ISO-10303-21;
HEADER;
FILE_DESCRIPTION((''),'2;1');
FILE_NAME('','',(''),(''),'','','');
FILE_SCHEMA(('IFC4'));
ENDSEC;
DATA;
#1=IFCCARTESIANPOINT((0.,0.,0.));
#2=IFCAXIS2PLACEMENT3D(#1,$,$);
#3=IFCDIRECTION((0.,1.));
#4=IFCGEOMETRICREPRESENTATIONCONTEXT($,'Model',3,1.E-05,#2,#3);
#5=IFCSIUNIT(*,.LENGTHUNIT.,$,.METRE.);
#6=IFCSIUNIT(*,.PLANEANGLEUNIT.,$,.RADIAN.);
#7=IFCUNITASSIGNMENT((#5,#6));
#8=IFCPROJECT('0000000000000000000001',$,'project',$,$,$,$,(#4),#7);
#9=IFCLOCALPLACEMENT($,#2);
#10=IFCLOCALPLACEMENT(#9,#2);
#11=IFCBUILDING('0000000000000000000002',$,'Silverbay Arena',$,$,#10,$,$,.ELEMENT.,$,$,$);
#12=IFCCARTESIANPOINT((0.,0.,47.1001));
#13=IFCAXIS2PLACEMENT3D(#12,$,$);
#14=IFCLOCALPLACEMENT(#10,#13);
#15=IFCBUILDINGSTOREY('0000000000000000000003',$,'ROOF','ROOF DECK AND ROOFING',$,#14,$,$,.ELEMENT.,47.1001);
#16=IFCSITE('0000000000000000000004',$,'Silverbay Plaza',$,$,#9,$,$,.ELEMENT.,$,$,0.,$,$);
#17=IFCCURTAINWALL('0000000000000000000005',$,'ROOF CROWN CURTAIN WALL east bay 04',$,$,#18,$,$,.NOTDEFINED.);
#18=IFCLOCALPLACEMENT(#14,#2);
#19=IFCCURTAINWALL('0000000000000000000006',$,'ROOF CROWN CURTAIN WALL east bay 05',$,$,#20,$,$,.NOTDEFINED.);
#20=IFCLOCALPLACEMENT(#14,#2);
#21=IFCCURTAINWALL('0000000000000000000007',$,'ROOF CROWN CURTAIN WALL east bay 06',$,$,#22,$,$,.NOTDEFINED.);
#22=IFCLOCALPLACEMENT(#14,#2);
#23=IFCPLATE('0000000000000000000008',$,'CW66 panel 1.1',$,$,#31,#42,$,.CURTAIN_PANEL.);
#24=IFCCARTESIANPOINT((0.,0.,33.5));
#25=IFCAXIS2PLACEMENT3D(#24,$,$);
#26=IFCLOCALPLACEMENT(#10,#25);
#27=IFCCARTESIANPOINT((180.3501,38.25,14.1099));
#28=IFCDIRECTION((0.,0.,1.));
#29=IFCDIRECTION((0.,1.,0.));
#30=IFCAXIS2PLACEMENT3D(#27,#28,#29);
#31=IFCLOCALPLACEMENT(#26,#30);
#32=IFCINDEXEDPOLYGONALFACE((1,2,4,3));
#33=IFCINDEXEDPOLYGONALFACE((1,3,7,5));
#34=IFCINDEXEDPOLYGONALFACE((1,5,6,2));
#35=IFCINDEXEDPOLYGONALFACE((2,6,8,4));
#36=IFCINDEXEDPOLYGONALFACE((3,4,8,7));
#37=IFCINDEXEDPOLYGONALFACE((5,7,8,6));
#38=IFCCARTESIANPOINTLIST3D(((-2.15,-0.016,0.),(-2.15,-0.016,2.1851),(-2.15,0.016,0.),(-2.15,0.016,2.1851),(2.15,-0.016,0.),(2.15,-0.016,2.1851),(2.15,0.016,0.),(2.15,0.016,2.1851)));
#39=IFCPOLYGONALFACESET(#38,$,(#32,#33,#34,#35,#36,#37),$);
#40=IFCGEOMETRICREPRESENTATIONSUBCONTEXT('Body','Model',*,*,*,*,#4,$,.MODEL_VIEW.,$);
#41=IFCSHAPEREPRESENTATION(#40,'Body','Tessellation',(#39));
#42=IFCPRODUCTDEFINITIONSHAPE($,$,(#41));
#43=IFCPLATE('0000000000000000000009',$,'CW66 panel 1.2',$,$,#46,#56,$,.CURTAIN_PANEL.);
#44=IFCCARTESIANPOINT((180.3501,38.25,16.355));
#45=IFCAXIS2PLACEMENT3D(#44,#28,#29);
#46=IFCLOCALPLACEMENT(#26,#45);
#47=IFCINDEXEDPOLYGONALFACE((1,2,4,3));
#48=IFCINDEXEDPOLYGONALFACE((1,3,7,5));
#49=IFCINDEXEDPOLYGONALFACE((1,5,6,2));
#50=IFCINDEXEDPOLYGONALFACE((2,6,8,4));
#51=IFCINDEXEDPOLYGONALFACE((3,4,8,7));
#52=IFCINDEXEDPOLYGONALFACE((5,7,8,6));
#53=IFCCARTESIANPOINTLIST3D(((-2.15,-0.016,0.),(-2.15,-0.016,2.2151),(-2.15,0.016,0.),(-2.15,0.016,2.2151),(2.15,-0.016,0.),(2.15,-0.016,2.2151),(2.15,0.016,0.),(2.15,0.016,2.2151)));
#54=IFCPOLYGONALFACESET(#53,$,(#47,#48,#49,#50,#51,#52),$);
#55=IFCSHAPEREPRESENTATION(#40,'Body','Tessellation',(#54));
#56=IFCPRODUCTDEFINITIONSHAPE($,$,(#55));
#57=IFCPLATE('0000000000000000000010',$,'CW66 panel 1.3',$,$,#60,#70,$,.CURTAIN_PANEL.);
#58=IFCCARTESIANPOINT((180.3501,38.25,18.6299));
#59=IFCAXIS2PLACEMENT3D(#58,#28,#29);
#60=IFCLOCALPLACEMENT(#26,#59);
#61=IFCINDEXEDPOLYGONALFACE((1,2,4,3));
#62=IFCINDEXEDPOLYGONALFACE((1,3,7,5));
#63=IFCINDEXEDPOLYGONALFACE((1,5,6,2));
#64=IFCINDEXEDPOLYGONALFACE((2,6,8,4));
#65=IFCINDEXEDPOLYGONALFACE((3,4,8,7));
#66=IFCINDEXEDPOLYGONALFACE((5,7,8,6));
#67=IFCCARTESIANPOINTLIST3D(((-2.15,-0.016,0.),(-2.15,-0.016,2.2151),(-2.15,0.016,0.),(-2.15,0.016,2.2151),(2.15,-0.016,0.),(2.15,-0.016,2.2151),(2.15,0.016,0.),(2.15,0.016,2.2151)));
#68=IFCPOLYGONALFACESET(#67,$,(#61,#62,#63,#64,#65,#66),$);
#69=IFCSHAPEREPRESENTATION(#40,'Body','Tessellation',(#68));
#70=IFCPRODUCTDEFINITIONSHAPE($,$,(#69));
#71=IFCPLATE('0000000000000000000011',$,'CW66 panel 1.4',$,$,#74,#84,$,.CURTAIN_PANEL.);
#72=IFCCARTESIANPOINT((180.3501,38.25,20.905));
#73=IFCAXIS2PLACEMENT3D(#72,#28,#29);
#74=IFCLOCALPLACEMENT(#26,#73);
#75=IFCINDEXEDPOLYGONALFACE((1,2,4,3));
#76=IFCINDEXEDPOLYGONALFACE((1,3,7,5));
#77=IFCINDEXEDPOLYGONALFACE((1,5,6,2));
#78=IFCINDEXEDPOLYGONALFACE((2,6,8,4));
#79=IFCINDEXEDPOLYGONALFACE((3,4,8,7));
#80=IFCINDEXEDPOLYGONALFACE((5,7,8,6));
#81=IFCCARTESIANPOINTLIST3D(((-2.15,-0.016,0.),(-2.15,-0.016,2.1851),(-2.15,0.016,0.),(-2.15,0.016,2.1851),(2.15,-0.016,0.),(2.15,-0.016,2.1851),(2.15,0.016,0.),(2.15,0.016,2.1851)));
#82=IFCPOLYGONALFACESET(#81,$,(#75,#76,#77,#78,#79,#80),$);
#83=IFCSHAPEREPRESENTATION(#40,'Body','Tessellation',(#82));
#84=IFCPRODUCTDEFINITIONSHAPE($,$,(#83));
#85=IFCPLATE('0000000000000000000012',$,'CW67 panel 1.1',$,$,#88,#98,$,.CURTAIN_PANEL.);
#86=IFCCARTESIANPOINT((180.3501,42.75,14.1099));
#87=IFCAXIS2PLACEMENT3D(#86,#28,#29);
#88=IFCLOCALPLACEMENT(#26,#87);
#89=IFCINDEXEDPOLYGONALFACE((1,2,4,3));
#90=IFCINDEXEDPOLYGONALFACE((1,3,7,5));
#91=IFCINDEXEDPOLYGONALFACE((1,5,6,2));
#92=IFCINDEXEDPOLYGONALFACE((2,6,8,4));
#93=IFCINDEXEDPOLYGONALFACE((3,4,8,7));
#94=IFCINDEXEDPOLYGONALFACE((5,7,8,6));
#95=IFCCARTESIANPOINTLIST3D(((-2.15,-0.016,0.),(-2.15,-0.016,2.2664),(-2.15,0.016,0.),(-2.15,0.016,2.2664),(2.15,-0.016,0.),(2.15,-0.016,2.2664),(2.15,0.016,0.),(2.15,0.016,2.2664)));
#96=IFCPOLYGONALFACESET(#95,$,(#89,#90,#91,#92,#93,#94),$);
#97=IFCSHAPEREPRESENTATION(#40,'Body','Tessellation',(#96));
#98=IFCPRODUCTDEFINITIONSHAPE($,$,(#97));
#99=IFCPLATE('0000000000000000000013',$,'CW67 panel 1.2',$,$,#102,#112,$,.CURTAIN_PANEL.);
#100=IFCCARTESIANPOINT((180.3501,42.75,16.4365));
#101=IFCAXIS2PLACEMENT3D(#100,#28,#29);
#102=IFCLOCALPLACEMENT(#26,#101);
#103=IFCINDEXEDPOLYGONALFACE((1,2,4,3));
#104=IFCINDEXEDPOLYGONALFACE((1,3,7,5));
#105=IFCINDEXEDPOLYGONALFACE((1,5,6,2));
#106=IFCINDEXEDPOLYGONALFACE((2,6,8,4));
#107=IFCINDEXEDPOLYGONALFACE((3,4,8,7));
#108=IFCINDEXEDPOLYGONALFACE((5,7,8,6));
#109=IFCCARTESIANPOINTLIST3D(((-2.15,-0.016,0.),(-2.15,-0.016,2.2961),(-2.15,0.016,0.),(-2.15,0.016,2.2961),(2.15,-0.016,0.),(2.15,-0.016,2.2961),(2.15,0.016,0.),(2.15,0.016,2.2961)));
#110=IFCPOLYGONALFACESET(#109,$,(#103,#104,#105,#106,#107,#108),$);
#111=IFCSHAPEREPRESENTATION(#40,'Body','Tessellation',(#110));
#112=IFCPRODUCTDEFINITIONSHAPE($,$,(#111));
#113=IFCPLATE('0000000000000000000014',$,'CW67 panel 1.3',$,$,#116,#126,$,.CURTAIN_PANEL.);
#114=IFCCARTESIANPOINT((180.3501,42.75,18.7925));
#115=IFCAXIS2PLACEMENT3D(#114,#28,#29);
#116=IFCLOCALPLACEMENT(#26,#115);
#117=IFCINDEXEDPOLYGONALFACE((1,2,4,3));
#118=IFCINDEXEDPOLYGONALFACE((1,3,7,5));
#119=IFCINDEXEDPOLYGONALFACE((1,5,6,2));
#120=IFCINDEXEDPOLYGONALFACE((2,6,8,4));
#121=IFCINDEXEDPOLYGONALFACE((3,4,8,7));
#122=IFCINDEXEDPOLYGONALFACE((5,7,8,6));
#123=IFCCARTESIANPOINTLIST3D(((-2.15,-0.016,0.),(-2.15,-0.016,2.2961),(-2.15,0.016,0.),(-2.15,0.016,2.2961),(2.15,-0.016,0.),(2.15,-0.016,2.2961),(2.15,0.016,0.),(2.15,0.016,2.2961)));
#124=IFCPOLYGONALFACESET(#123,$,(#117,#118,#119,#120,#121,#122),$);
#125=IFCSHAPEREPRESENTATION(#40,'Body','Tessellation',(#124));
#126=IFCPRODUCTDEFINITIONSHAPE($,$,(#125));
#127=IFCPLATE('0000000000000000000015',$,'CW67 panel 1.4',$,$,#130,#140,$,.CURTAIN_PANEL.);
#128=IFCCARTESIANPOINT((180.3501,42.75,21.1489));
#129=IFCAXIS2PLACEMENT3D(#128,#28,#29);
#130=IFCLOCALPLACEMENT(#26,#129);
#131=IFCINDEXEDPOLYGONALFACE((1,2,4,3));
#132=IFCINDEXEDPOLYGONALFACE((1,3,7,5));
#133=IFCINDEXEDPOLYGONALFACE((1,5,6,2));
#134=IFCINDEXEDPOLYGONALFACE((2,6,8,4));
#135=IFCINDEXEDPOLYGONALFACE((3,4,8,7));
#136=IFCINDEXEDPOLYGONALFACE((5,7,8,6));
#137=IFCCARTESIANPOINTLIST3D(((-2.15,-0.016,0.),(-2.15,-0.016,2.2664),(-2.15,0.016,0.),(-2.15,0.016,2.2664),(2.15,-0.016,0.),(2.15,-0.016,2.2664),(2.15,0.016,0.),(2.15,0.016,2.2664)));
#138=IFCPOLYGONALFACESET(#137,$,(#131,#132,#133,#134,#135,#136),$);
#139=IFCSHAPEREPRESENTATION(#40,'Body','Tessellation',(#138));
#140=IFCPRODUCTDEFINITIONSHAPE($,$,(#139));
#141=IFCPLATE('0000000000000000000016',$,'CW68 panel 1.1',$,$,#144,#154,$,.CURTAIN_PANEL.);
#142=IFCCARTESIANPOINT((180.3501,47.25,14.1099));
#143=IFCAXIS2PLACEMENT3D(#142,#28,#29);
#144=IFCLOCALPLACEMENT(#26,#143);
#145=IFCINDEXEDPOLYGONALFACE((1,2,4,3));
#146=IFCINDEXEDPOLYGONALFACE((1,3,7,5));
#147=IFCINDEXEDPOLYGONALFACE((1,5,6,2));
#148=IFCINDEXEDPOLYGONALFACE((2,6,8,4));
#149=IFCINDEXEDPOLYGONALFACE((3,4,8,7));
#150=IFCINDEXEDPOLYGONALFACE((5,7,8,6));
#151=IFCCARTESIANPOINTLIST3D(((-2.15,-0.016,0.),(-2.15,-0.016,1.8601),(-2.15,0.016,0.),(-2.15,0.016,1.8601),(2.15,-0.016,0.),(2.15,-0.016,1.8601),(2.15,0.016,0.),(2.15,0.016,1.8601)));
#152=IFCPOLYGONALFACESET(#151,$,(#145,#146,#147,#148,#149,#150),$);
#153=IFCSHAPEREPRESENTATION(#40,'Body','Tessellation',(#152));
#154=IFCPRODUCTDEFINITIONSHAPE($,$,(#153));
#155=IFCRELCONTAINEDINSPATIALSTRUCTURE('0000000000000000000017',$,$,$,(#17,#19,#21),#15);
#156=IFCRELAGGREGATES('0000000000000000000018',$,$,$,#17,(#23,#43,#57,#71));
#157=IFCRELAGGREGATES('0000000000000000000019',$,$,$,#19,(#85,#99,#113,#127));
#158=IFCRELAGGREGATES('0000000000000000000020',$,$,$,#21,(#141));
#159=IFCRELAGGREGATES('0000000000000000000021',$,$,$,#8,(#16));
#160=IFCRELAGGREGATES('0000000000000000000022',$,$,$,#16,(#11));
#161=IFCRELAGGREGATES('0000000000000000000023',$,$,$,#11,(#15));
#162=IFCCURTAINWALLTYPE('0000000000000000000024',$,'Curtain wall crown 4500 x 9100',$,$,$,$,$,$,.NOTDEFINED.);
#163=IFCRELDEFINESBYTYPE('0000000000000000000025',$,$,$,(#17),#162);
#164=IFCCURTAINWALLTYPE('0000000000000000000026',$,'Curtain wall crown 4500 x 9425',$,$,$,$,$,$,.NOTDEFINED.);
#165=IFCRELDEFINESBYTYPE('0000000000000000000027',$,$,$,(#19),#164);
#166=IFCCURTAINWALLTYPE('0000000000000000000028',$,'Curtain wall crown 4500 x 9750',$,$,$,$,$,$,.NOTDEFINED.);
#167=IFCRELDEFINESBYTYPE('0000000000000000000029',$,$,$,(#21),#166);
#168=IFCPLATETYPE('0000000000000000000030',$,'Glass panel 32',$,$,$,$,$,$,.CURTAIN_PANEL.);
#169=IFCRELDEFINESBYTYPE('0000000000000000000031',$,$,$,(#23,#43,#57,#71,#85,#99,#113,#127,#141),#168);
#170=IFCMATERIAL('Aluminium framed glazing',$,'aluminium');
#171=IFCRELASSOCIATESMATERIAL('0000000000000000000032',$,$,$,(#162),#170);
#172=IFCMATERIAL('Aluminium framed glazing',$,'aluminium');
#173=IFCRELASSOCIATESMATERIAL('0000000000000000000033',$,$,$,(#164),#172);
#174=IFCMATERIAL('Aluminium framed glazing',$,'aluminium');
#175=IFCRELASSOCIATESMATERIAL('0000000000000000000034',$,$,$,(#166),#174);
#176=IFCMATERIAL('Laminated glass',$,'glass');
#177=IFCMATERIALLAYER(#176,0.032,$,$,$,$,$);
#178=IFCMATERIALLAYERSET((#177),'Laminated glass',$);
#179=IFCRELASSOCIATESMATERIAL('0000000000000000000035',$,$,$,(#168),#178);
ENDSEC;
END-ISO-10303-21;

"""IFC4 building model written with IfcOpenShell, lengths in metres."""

from ifc_helpers import new_model, si_unit, direction, frame, origin, origin_2d, place, context, subcontext, project, spatial, rectangle, extrude, material, layer, layer_set, type_object, element, aggregate, save


model = new_model("IFC4")

# Units and contexts
model_context = context("Model", 3, precision=1e-05, world=origin(), true_north=direction((0.0, 1.0)))
body_context = subcontext(model_context, "Body", "Model", "MODEL_VIEW")
ifc_project = project(units=[si_unit("LENGTHUNIT", "METRE"), si_unit("PLANEANGLEUNIT", "RADIAN")], contexts=[model_context])

# Site, building, storey
site_placement = place(None, origin())
site = spatial("IfcSite", under=ifc_project, at=site_placement, Name="Silverbay Plaza", CompositionType="ELEMENT", RefElevation=0.0)
building_placement = place(site_placement, origin())
building = spatial("IfcBuilding", under=site, at=building_placement, Name="Silverbay Arena", CompositionType="ELEMENT")
storey_placement = place(building_placement, frame((0.0, 0.0, 47.1001)))
storey = spatial("IfcBuildingStorey", under=building, at=storey_placement, Name="ROOF", Description="ROOF DECK AND ROOFING", CompositionType="ELEMENT", Elevation=47.1001)

# Curtain wall
ifc_material_1 = material(Name="Aluminium framed glazing", Category="aluminium")
curtain_wall_type_1 = type_object("IfcCurtainWallType", Name="Curtain wall crown 4500 x 9100", PredefinedType="NOTDEFINED", material=ifc_material_1)
curtain_wall_1_placement = place(storey_placement, origin())
curtain_wall_1 = element("IfcCurtainWall", 1, at=curtain_wall_1_placement, inside=storey, type_object=curtain_wall_type_1, Name="ROOF CROWN CURTAIN WALL east bay 04", PredefinedType="NOTDEFINED")
placement = place(building_placement, frame((0.0, 0.0, 33.5)))

# Curtain wall
ifc_material_2 = material(Name="Aluminium framed glazing", Category="aluminium")
curtain_wall_type_2 = type_object("IfcCurtainWallType", Name="Curtain wall crown 4500 x 9425", PredefinedType="NOTDEFINED", material=ifc_material_2)
curtain_wall_2_placement = place(storey_placement, origin())
curtain_wall_2 = element("IfcCurtainWall", 2, at=curtain_wall_2_placement, inside=storey, type_object=curtain_wall_type_2, Name="ROOF CROWN CURTAIN WALL east bay 05", PredefinedType="NOTDEFINED")

# Curtain wall
ifc_material_3 = material(Name="Aluminium framed glazing", Category="aluminium")
curtain_wall_type_3 = type_object("IfcCurtainWallType", Name="Curtain wall crown 4500 x 9750", PredefinedType="NOTDEFINED", material=ifc_material_3)
curtain_wall_3_placement = place(storey_placement, origin())
curtain_wall_3 = element("IfcCurtainWall", 3, at=curtain_wall_3_placement, inside=storey, type_object=curtain_wall_type_3, Name="ROOF CROWN CURTAIN WALL east bay 06", PredefinedType="NOTDEFINED")

# Plates
ifc_material_4 = material(Name="Laminated glass", Category="glass")
ifc_layer_1 = layer(ifc_material_4, 0.032)
ifc_layer_set_1 = layer_set([ifc_layer_1], Name="Laminated glass")
plate_type = type_object("IfcPlateType", Name="Glass panel 32", PredefinedType="CURTAIN_PANEL", material=ifc_layer_set_1)
plate_1_placement = place(placement, frame((180.3501, 38.25, 14.1099), z_axis=(0.0, 0.0, 1.0), x_axis=(0.0, 1.0, 0.0)))
plate_1 = element("IfcPlate", 4, at=plate_1_placement, type_object=plate_type, Name="CW66 panel 1.1", PredefinedType="CURTAIN_PANEL", context=body_context, shape_type="SweptSolid", body=[
    extrude(rectangle(XDim=4.3, YDim=0.032, at=origin_2d()), origin(), (0.0, 0.0, 1.0), 2.1851),
])
plate_2_placement = place(placement, frame((180.3501, 38.25, 16.355), z_axis=(0.0, 0.0, 1.0), x_axis=(0.0, 1.0, 0.0)))
plate_2 = element("IfcPlate", 5, at=plate_2_placement, type_object=plate_type, Name="CW66 panel 1.2", PredefinedType="CURTAIN_PANEL", context=body_context, shape_type="SweptSolid", body=[
    extrude(rectangle(XDim=4.3, YDim=0.032, at=origin_2d()), origin(), (0.0, 0.0, 1.0), 2.2151),
])
plate_3_placement = place(placement, frame((180.3501, 38.25, 18.6299), z_axis=(0.0, 0.0, 1.0), x_axis=(0.0, 1.0, 0.0)))
plate_3 = element("IfcPlate", 6, at=plate_3_placement, type_object=plate_type, Name="CW66 panel 1.3", PredefinedType="CURTAIN_PANEL", context=body_context, shape_type="SweptSolid", body=[
    extrude(rectangle(XDim=4.3, YDim=0.032, at=origin_2d()), origin(), (0.0, 0.0, 1.0), 2.2151),
])
plate_4_placement = place(placement, frame((180.3501, 38.25, 20.905), z_axis=(0.0, 0.0, 1.0), x_axis=(0.0, 1.0, 0.0)))
plate_4 = element("IfcPlate", 7, at=plate_4_placement, type_object=plate_type, Name="CW66 panel 1.4", PredefinedType="CURTAIN_PANEL", context=body_context, shape_type="SweptSolid", body=[
    extrude(rectangle(XDim=4.3, YDim=0.032, at=origin_2d()), origin(), (0.0, 0.0, 1.0), 2.1851),
])
aggregate(curtain_wall_1, [plate_1, plate_2, plate_3, plate_4])
plate_5_placement = place(placement, frame((180.3501, 42.75, 14.1099), z_axis=(0.0, 0.0, 1.0), x_axis=(0.0, 1.0, 0.0)))
plate_5 = element("IfcPlate", 8, at=plate_5_placement, type_object=plate_type, Name="CW67 panel 1.1", PredefinedType="CURTAIN_PANEL", context=body_context, shape_type="SweptSolid", body=[
    extrude(rectangle(XDim=4.3, YDim=0.032, at=origin_2d()), origin(), (0.0, 0.0, 1.0), 2.2664),
])
plate_6_placement = place(placement, frame((180.3501, 42.75, 16.4365), z_axis=(0.0, 0.0, 1.0), x_axis=(0.0, 1.0, 0.0)))
plate_6 = element("IfcPlate", 9, at=plate_6_placement, type_object=plate_type, Name="CW67 panel 1.2", PredefinedType="CURTAIN_PANEL", context=body_context, shape_type="SweptSolid", body=[
    extrude(rectangle(XDim=4.3, YDim=0.032, at=origin_2d()), origin(), (0.0, 0.0, 1.0), 2.2961),
])
plate_7_placement = place(placement, frame((180.3501, 42.75, 18.7925), z_axis=(0.0, 0.0, 1.0), x_axis=(0.0, 1.0, 0.0)))
plate_7 = element("IfcPlate", 10, at=plate_7_placement, type_object=plate_type, Name="CW67 panel 1.3", PredefinedType="CURTAIN_PANEL", context=body_context, shape_type="SweptSolid", body=[
    extrude(rectangle(XDim=4.3, YDim=0.032, at=origin_2d()), origin(), (0.0, 0.0, 1.0), 2.2961),
])
plate_8_placement = place(placement, frame((180.3501, 42.75, 21.1489), z_axis=(0.0, 0.0, 1.0), x_axis=(0.0, 1.0, 0.0)))
plate_8 = element("IfcPlate", 11, at=plate_8_placement, type_object=plate_type, Name="CW67 panel 1.4", PredefinedType="CURTAIN_PANEL", context=body_context, shape_type="SweptSolid", body=[
    extrude(rectangle(XDim=4.3, YDim=0.032, at=origin_2d()), origin(), (0.0, 0.0, 1.0), 2.2664),
])
aggregate(curtain_wall_2, [plate_5, plate_6, plate_7, plate_8])
plate_9_placement = place(placement, frame((180.3501, 47.25, 14.1099), z_axis=(0.0, 0.0, 1.0), x_axis=(0.0, 1.0, 0.0)))
plate_9 = element("IfcPlate", 12, at=plate_9_placement, type_object=plate_type, Name="CW68 panel 1.1", PredefinedType="CURTAIN_PANEL", context=body_context, shape_type="SweptSolid", body=[
    extrude(rectangle(XDim=4.3, YDim=0.032, at=origin_2d()), origin(), (0.0, 0.0, 1.0), 1.8601),
])
aggregate(curtain_wall_3, [plate_9])

save(model, "model.ifc")
